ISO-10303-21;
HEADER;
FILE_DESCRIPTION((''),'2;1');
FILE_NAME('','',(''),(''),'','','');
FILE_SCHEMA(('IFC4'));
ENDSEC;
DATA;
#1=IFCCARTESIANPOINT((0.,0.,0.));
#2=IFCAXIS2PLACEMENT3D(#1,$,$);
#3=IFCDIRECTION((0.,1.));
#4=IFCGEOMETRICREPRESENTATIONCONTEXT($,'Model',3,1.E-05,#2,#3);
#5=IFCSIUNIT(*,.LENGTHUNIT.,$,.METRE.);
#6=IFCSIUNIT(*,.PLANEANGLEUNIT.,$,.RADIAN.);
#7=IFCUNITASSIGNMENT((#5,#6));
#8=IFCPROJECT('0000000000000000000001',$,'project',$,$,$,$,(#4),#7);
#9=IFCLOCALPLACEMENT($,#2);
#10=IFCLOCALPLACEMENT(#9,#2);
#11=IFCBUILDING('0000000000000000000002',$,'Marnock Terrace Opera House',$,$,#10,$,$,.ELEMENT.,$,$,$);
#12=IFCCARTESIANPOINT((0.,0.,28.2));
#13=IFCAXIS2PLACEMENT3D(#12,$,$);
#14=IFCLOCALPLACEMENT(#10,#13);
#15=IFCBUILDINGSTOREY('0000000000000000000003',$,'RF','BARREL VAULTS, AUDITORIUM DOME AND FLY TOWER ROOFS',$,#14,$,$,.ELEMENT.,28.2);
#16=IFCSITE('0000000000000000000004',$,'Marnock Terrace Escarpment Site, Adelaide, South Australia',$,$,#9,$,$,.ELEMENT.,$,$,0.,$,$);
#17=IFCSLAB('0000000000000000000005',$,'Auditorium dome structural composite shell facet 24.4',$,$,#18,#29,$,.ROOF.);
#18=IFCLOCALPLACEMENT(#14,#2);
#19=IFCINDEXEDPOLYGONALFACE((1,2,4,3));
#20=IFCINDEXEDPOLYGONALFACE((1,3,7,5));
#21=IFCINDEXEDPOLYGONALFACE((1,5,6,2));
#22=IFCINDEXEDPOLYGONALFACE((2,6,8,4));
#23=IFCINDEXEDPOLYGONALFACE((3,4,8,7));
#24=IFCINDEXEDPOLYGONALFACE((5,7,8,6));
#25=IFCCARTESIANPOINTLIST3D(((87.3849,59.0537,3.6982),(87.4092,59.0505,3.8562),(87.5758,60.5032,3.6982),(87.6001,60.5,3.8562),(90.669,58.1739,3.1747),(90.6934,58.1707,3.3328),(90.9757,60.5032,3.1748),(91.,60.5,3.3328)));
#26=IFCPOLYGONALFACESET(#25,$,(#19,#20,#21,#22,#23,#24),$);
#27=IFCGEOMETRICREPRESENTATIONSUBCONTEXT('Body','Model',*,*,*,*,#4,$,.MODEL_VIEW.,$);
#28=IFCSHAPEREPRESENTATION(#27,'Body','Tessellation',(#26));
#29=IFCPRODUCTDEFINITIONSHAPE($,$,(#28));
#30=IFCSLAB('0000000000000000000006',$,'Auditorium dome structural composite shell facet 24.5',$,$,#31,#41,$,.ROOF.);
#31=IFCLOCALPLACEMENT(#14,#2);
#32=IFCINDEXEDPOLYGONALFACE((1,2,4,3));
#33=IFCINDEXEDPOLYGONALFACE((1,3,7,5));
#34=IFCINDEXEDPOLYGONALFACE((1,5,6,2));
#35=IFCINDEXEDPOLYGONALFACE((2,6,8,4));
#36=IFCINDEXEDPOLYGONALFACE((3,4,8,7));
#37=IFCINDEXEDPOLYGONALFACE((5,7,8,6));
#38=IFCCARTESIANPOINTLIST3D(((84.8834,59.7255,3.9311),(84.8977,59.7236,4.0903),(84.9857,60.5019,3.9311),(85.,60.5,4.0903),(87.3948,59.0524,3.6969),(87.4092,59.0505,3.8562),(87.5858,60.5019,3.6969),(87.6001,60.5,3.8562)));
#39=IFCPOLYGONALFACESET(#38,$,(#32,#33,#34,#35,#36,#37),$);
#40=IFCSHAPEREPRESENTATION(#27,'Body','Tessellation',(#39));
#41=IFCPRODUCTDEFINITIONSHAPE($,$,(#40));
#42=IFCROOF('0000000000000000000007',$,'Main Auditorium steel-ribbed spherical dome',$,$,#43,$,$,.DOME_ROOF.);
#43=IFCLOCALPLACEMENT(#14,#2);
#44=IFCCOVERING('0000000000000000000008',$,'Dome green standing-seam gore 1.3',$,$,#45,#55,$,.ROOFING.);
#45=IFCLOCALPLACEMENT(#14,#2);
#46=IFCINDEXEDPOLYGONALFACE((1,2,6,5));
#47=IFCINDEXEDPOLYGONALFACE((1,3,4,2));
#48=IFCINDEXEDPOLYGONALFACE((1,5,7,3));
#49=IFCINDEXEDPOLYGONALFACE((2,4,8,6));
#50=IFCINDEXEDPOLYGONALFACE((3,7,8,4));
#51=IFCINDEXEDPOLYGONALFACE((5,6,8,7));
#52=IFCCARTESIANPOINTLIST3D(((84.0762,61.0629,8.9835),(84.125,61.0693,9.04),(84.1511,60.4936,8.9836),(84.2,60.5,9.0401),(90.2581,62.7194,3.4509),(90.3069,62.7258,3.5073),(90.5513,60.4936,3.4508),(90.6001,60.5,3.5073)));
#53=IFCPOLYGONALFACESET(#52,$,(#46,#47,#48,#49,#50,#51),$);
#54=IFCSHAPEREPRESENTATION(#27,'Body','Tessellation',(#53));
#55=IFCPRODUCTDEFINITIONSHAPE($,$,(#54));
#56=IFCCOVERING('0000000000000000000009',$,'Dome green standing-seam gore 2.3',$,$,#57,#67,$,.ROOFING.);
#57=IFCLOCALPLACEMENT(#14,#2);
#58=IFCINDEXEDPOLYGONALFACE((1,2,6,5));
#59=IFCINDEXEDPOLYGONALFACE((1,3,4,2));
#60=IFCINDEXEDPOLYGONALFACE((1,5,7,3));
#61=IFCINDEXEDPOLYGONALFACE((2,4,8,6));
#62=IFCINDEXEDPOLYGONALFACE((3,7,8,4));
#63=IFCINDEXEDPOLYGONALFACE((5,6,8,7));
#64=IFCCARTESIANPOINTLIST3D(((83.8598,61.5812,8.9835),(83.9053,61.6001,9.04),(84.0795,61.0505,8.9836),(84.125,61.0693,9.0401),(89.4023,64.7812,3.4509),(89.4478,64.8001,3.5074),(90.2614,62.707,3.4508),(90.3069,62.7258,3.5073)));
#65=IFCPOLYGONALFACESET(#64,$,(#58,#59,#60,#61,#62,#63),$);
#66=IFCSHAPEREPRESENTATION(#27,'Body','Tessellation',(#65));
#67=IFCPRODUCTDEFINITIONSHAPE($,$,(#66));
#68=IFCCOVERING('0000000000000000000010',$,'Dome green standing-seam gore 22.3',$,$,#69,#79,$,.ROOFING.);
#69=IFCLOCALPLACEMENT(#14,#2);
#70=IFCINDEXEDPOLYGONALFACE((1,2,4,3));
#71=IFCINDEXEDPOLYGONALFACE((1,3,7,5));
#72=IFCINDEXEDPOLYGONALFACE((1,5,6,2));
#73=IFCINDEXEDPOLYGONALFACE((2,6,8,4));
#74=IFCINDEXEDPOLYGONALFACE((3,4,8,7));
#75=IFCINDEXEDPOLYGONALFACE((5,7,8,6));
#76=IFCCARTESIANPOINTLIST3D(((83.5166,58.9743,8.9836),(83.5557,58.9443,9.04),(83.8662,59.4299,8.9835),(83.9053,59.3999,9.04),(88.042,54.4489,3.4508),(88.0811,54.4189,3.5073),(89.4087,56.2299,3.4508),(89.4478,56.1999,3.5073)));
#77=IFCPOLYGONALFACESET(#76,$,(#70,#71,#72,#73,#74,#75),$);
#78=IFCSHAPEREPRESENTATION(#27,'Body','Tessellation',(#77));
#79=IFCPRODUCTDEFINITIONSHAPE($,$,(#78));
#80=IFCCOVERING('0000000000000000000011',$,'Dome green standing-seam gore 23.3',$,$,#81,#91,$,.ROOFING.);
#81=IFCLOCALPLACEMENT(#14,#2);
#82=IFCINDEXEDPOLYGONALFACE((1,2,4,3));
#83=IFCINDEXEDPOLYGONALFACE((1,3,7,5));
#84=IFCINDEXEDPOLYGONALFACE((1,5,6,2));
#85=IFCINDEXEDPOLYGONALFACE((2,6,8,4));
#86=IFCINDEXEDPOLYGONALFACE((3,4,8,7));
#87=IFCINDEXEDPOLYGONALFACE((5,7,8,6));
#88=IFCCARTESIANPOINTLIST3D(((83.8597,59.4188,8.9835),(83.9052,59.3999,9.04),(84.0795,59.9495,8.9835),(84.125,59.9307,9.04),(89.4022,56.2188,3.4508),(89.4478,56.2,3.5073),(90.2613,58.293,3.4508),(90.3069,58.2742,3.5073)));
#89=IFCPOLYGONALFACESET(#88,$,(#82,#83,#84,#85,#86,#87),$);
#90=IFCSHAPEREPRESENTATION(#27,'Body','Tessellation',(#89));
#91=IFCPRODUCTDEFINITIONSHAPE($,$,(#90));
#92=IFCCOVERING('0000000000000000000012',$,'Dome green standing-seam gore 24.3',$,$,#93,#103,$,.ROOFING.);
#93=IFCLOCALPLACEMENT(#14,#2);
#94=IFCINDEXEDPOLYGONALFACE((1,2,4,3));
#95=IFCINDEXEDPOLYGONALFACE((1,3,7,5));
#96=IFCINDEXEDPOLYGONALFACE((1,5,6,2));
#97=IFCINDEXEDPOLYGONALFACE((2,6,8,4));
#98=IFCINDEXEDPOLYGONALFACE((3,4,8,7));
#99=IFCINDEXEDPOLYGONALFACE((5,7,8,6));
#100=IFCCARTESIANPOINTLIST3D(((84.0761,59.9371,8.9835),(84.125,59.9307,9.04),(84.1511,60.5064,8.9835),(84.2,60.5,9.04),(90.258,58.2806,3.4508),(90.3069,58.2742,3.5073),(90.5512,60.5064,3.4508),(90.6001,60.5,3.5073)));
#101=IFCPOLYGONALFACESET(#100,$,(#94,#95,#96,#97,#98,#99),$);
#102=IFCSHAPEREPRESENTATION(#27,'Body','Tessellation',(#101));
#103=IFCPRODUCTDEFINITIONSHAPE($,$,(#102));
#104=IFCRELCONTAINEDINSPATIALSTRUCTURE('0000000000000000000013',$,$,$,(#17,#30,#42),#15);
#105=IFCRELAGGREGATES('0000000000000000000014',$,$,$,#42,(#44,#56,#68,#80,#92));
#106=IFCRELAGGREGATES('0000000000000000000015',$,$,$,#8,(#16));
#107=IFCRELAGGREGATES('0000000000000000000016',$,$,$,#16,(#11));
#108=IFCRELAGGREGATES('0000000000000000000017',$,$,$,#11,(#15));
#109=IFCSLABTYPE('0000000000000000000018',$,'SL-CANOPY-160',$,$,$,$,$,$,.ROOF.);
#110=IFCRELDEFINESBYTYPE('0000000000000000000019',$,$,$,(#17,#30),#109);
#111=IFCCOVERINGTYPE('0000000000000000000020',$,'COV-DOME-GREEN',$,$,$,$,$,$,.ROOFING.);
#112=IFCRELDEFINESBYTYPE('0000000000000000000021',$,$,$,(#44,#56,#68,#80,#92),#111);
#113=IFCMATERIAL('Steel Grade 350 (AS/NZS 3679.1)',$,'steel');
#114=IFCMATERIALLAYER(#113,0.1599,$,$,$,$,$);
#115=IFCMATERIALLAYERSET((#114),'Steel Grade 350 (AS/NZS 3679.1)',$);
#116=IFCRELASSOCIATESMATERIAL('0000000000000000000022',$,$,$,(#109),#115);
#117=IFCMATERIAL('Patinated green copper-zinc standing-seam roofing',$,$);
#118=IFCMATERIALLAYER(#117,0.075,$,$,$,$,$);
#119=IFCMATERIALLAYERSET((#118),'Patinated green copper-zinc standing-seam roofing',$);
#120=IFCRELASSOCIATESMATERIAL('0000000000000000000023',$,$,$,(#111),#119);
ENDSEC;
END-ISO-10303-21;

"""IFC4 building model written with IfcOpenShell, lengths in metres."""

from ifc_helpers import new_model, si_unit, direction, frame, origin, place, context, subcontext, project, spatial, polyline, outline, extrude, material, layer, layer_set, type_object, element, aggregate, save


model = new_model("IFC4")

# Units and contexts
model_context = context("Model", 3, precision=1e-05, world=origin(), true_north=direction((0.0, 1.0)))
body_context = subcontext(model_context, "Body", "Model", "MODEL_VIEW")
ifc_project = project(units=[si_unit("LENGTHUNIT", "METRE"), si_unit("PLANEANGLEUNIT", "RADIAN")], contexts=[model_context])

# Site, building, storey
site_placement = place(None, origin())
site = spatial("IfcSite", under=ifc_project, at=site_placement, Name="Marnock Terrace Escarpment Site, Adelaide, South Australia", CompositionType="ELEMENT", RefElevation=0.0)
building_placement = place(site_placement, origin())
building = spatial("IfcBuilding", under=site, at=building_placement, Name="Marnock Terrace Opera House", CompositionType="ELEMENT")
storey_placement = place(building_placement, frame((0.0, 0.0, 28.2)))
storey = spatial("IfcBuildingStorey", under=building, at=storey_placement, Name="RF", Description="BARREL VAULTS, AUDITORIUM DOME AND FLY TOWER ROOFS", CompositionType="ELEMENT", Elevation=28.2)

# Slabs
ifc_material_1 = material(Name="Steel Grade 350 (AS/NZS 3679.1)", Category="steel")
ifc_layer_1 = layer(ifc_material_1, 0.1599)
ifc_layer_set_1 = layer_set([ifc_layer_1], Name="Steel Grade 350 (AS/NZS 3679.1)")
slab_type = type_object("IfcSlabType", Name="SL-CANOPY-160", PredefinedType="ROOF", material=ifc_layer_set_1)
slab_1_placement = place(storey_placement, frame((90.6934, 58.1707, 3.3328), z_axis=(0.15213, -0.020031, 0.988157), x_axis=(0.130517, 0.991446, 0.000004)))
element("IfcSlab", 1, at=slab_1_placement, inside=storey, type_object=slab_type, Name="Auditorium dome structural composite shell facet 24.4", PredefinedType="ROOF", context=body_context, shape_type="SweptSolid", body=[
    extrude(outline(polyline([(0.0, 0.0), (2.3494, 0.0), (1.9057, 3.4112), (0.4437, 3.4113), (0.0, 0.0)])), origin(), (0.0, 0.0, -1.0), 0.1599),
])
slab_2_placement = place(storey_placement, frame((87.4092, 59.0505, 3.8562), z_axis=(0.089677, -0.011813, 0.995901), x_axis=(0.130589, 0.991437, 0.000001)))
element("IfcSlab", 2, at=slab_2_placement, inside=storey, type_object=slab_type, Name="Auditorium dome structural composite shell facet 24.5", PredefinedType="ROOF", context=body_context, shape_type="SweptSolid", body=[
    extrude(outline(polyline([(0.0, 0.0), (1.462, 0.0), (1.1224, 2.5884), (0.3394, 2.5885), (0.0, 0.0)])), origin(), (0.0, 0.0, -1.0), 0.1599),
])

# Roof, coverings
roof_placement = place(storey_placement, origin())
roof = element("IfcRoof", 3, at=roof_placement, inside=storey, Name="Main Auditorium steel-ribbed spherical dome", PredefinedType="DOME_ROOF")
ifc_material_2 = material(Name="Patinated green copper-zinc standing-seam roofing")
ifc_layer_2 = layer(ifc_material_2, 0.075)
ifc_layer_set_2 = layer_set([ifc_layer_2], Name="Patinated green copper-zinc standing-seam roofing")
covering_type = type_object("IfcCoveringType", Name="COV-DOME-GREEN", PredefinedType="ROOFING", material=ifc_layer_set_2)
covering_1_placement = place(storey_placement, frame((90.6001, 60.5, 3.5073), z_axis=(0.651569, 0.085821, 0.753719), x_axis=(-0.130596, 0.991436, 0.000008)))
covering_1 = element("IfcCovering", 4, at=covering_1_placement, type_object=covering_type, Name="Dome green standing-seam gore 1.3", PredefinedType="ROOFING", context=body_context, shape_type="SweptSolid", body=[
    extrude(outline(polyline([(0.0, 0.0), (2.2451, 0.0), (1.4101, 8.4186), (0.8359, 8.4187), (0.0, 0.0)])), origin(), (0.0, 0.0, -1.0), 0.075),
])
covering_2_placement = place(storey_placement, frame((90.3069, 62.7258, 3.5073), z_axis=(0.60719, 0.251469, 0.753713), x_axis=(-0.382654, 0.923892, 0.000018)))
covering_2 = element("IfcCovering", 5, at=covering_2_placement, type_object=covering_type, Name="Dome green standing-seam gore 2.3", PredefinedType="ROOFING", context=body_context, shape_type="SweptSolid", body=[
    extrude(outline(polyline([(0.0, 0.0), (2.2451, 0.0), (1.4096, 8.4185), (0.8352, 8.4186), (0.0, 0.0)])), origin(), (0.0, 0.0, -1.0), 0.075),
])
covering_3_placement = place(storey_placement, frame((88.0811, 54.4189, 3.5073), z_axis=(0.521383, -0.400101, 0.75371), x_axis=(0.608787, 0.793334, 0.000003)))
covering_3 = element("IfcCovering", 6, at=covering_3_placement, type_object=covering_type, Name="Dome green standing-seam gore 22.3", PredefinedType="ROOFING", context=body_context, shape_type="SweptSolid", body=[
    extrude(outline(polyline([(0.0, 0.0), (2.245, 0.0), (1.4094, 8.4185), (0.8352, 8.4185), (0.0, 0.0)])), origin(), (0.0, 0.0, -1.0), 0.075),
])
covering_4_placement = place(storey_placement, frame((89.4478, 56.2, 3.5073), z_axis=(0.60719, -0.251469, 0.753713), x_axis=(0.382654, 0.923892, -0.000018)))
covering_4 = element("IfcCovering", 7, at=covering_4_placement, type_object=covering_type, Name="Dome green standing-seam gore 23.3", PredefinedType="ROOFING", context=body_context, shape_type="SweptSolid", body=[
    extrude(outline(polyline([(0.0, 0.0), (2.2451, 0.0), (1.4099, 8.4186), (0.8355, 8.4185), (0.0, 0.0)])), origin(), (0.0, 0.0, -1.0), 0.075),
])
covering_5_placement = place(storey_placement, frame((90.3069, 58.2742, 3.5073), z_axis=(0.651569, -0.085821, 0.753719), x_axis=(0.130596, 0.991436, -0.000008)))
covering_5 = element("IfcCovering", 8, at=covering_5_placement, type_object=covering_type, Name="Dome green standing-seam gore 24.3", PredefinedType="ROOFING", context=body_context, shape_type="SweptSolid", body=[
    extrude(outline(polyline([(0.0, 0.0), (2.2451, 0.0), (1.4092, 8.4187), (0.8349, 8.4186), (0.0, 0.0)])), origin(), (0.0, 0.0, -1.0), 0.075),
])
aggregate(roof, [covering_1, covering_2, covering_3, covering_4, covering_5])

save(model, "model.ifc")
